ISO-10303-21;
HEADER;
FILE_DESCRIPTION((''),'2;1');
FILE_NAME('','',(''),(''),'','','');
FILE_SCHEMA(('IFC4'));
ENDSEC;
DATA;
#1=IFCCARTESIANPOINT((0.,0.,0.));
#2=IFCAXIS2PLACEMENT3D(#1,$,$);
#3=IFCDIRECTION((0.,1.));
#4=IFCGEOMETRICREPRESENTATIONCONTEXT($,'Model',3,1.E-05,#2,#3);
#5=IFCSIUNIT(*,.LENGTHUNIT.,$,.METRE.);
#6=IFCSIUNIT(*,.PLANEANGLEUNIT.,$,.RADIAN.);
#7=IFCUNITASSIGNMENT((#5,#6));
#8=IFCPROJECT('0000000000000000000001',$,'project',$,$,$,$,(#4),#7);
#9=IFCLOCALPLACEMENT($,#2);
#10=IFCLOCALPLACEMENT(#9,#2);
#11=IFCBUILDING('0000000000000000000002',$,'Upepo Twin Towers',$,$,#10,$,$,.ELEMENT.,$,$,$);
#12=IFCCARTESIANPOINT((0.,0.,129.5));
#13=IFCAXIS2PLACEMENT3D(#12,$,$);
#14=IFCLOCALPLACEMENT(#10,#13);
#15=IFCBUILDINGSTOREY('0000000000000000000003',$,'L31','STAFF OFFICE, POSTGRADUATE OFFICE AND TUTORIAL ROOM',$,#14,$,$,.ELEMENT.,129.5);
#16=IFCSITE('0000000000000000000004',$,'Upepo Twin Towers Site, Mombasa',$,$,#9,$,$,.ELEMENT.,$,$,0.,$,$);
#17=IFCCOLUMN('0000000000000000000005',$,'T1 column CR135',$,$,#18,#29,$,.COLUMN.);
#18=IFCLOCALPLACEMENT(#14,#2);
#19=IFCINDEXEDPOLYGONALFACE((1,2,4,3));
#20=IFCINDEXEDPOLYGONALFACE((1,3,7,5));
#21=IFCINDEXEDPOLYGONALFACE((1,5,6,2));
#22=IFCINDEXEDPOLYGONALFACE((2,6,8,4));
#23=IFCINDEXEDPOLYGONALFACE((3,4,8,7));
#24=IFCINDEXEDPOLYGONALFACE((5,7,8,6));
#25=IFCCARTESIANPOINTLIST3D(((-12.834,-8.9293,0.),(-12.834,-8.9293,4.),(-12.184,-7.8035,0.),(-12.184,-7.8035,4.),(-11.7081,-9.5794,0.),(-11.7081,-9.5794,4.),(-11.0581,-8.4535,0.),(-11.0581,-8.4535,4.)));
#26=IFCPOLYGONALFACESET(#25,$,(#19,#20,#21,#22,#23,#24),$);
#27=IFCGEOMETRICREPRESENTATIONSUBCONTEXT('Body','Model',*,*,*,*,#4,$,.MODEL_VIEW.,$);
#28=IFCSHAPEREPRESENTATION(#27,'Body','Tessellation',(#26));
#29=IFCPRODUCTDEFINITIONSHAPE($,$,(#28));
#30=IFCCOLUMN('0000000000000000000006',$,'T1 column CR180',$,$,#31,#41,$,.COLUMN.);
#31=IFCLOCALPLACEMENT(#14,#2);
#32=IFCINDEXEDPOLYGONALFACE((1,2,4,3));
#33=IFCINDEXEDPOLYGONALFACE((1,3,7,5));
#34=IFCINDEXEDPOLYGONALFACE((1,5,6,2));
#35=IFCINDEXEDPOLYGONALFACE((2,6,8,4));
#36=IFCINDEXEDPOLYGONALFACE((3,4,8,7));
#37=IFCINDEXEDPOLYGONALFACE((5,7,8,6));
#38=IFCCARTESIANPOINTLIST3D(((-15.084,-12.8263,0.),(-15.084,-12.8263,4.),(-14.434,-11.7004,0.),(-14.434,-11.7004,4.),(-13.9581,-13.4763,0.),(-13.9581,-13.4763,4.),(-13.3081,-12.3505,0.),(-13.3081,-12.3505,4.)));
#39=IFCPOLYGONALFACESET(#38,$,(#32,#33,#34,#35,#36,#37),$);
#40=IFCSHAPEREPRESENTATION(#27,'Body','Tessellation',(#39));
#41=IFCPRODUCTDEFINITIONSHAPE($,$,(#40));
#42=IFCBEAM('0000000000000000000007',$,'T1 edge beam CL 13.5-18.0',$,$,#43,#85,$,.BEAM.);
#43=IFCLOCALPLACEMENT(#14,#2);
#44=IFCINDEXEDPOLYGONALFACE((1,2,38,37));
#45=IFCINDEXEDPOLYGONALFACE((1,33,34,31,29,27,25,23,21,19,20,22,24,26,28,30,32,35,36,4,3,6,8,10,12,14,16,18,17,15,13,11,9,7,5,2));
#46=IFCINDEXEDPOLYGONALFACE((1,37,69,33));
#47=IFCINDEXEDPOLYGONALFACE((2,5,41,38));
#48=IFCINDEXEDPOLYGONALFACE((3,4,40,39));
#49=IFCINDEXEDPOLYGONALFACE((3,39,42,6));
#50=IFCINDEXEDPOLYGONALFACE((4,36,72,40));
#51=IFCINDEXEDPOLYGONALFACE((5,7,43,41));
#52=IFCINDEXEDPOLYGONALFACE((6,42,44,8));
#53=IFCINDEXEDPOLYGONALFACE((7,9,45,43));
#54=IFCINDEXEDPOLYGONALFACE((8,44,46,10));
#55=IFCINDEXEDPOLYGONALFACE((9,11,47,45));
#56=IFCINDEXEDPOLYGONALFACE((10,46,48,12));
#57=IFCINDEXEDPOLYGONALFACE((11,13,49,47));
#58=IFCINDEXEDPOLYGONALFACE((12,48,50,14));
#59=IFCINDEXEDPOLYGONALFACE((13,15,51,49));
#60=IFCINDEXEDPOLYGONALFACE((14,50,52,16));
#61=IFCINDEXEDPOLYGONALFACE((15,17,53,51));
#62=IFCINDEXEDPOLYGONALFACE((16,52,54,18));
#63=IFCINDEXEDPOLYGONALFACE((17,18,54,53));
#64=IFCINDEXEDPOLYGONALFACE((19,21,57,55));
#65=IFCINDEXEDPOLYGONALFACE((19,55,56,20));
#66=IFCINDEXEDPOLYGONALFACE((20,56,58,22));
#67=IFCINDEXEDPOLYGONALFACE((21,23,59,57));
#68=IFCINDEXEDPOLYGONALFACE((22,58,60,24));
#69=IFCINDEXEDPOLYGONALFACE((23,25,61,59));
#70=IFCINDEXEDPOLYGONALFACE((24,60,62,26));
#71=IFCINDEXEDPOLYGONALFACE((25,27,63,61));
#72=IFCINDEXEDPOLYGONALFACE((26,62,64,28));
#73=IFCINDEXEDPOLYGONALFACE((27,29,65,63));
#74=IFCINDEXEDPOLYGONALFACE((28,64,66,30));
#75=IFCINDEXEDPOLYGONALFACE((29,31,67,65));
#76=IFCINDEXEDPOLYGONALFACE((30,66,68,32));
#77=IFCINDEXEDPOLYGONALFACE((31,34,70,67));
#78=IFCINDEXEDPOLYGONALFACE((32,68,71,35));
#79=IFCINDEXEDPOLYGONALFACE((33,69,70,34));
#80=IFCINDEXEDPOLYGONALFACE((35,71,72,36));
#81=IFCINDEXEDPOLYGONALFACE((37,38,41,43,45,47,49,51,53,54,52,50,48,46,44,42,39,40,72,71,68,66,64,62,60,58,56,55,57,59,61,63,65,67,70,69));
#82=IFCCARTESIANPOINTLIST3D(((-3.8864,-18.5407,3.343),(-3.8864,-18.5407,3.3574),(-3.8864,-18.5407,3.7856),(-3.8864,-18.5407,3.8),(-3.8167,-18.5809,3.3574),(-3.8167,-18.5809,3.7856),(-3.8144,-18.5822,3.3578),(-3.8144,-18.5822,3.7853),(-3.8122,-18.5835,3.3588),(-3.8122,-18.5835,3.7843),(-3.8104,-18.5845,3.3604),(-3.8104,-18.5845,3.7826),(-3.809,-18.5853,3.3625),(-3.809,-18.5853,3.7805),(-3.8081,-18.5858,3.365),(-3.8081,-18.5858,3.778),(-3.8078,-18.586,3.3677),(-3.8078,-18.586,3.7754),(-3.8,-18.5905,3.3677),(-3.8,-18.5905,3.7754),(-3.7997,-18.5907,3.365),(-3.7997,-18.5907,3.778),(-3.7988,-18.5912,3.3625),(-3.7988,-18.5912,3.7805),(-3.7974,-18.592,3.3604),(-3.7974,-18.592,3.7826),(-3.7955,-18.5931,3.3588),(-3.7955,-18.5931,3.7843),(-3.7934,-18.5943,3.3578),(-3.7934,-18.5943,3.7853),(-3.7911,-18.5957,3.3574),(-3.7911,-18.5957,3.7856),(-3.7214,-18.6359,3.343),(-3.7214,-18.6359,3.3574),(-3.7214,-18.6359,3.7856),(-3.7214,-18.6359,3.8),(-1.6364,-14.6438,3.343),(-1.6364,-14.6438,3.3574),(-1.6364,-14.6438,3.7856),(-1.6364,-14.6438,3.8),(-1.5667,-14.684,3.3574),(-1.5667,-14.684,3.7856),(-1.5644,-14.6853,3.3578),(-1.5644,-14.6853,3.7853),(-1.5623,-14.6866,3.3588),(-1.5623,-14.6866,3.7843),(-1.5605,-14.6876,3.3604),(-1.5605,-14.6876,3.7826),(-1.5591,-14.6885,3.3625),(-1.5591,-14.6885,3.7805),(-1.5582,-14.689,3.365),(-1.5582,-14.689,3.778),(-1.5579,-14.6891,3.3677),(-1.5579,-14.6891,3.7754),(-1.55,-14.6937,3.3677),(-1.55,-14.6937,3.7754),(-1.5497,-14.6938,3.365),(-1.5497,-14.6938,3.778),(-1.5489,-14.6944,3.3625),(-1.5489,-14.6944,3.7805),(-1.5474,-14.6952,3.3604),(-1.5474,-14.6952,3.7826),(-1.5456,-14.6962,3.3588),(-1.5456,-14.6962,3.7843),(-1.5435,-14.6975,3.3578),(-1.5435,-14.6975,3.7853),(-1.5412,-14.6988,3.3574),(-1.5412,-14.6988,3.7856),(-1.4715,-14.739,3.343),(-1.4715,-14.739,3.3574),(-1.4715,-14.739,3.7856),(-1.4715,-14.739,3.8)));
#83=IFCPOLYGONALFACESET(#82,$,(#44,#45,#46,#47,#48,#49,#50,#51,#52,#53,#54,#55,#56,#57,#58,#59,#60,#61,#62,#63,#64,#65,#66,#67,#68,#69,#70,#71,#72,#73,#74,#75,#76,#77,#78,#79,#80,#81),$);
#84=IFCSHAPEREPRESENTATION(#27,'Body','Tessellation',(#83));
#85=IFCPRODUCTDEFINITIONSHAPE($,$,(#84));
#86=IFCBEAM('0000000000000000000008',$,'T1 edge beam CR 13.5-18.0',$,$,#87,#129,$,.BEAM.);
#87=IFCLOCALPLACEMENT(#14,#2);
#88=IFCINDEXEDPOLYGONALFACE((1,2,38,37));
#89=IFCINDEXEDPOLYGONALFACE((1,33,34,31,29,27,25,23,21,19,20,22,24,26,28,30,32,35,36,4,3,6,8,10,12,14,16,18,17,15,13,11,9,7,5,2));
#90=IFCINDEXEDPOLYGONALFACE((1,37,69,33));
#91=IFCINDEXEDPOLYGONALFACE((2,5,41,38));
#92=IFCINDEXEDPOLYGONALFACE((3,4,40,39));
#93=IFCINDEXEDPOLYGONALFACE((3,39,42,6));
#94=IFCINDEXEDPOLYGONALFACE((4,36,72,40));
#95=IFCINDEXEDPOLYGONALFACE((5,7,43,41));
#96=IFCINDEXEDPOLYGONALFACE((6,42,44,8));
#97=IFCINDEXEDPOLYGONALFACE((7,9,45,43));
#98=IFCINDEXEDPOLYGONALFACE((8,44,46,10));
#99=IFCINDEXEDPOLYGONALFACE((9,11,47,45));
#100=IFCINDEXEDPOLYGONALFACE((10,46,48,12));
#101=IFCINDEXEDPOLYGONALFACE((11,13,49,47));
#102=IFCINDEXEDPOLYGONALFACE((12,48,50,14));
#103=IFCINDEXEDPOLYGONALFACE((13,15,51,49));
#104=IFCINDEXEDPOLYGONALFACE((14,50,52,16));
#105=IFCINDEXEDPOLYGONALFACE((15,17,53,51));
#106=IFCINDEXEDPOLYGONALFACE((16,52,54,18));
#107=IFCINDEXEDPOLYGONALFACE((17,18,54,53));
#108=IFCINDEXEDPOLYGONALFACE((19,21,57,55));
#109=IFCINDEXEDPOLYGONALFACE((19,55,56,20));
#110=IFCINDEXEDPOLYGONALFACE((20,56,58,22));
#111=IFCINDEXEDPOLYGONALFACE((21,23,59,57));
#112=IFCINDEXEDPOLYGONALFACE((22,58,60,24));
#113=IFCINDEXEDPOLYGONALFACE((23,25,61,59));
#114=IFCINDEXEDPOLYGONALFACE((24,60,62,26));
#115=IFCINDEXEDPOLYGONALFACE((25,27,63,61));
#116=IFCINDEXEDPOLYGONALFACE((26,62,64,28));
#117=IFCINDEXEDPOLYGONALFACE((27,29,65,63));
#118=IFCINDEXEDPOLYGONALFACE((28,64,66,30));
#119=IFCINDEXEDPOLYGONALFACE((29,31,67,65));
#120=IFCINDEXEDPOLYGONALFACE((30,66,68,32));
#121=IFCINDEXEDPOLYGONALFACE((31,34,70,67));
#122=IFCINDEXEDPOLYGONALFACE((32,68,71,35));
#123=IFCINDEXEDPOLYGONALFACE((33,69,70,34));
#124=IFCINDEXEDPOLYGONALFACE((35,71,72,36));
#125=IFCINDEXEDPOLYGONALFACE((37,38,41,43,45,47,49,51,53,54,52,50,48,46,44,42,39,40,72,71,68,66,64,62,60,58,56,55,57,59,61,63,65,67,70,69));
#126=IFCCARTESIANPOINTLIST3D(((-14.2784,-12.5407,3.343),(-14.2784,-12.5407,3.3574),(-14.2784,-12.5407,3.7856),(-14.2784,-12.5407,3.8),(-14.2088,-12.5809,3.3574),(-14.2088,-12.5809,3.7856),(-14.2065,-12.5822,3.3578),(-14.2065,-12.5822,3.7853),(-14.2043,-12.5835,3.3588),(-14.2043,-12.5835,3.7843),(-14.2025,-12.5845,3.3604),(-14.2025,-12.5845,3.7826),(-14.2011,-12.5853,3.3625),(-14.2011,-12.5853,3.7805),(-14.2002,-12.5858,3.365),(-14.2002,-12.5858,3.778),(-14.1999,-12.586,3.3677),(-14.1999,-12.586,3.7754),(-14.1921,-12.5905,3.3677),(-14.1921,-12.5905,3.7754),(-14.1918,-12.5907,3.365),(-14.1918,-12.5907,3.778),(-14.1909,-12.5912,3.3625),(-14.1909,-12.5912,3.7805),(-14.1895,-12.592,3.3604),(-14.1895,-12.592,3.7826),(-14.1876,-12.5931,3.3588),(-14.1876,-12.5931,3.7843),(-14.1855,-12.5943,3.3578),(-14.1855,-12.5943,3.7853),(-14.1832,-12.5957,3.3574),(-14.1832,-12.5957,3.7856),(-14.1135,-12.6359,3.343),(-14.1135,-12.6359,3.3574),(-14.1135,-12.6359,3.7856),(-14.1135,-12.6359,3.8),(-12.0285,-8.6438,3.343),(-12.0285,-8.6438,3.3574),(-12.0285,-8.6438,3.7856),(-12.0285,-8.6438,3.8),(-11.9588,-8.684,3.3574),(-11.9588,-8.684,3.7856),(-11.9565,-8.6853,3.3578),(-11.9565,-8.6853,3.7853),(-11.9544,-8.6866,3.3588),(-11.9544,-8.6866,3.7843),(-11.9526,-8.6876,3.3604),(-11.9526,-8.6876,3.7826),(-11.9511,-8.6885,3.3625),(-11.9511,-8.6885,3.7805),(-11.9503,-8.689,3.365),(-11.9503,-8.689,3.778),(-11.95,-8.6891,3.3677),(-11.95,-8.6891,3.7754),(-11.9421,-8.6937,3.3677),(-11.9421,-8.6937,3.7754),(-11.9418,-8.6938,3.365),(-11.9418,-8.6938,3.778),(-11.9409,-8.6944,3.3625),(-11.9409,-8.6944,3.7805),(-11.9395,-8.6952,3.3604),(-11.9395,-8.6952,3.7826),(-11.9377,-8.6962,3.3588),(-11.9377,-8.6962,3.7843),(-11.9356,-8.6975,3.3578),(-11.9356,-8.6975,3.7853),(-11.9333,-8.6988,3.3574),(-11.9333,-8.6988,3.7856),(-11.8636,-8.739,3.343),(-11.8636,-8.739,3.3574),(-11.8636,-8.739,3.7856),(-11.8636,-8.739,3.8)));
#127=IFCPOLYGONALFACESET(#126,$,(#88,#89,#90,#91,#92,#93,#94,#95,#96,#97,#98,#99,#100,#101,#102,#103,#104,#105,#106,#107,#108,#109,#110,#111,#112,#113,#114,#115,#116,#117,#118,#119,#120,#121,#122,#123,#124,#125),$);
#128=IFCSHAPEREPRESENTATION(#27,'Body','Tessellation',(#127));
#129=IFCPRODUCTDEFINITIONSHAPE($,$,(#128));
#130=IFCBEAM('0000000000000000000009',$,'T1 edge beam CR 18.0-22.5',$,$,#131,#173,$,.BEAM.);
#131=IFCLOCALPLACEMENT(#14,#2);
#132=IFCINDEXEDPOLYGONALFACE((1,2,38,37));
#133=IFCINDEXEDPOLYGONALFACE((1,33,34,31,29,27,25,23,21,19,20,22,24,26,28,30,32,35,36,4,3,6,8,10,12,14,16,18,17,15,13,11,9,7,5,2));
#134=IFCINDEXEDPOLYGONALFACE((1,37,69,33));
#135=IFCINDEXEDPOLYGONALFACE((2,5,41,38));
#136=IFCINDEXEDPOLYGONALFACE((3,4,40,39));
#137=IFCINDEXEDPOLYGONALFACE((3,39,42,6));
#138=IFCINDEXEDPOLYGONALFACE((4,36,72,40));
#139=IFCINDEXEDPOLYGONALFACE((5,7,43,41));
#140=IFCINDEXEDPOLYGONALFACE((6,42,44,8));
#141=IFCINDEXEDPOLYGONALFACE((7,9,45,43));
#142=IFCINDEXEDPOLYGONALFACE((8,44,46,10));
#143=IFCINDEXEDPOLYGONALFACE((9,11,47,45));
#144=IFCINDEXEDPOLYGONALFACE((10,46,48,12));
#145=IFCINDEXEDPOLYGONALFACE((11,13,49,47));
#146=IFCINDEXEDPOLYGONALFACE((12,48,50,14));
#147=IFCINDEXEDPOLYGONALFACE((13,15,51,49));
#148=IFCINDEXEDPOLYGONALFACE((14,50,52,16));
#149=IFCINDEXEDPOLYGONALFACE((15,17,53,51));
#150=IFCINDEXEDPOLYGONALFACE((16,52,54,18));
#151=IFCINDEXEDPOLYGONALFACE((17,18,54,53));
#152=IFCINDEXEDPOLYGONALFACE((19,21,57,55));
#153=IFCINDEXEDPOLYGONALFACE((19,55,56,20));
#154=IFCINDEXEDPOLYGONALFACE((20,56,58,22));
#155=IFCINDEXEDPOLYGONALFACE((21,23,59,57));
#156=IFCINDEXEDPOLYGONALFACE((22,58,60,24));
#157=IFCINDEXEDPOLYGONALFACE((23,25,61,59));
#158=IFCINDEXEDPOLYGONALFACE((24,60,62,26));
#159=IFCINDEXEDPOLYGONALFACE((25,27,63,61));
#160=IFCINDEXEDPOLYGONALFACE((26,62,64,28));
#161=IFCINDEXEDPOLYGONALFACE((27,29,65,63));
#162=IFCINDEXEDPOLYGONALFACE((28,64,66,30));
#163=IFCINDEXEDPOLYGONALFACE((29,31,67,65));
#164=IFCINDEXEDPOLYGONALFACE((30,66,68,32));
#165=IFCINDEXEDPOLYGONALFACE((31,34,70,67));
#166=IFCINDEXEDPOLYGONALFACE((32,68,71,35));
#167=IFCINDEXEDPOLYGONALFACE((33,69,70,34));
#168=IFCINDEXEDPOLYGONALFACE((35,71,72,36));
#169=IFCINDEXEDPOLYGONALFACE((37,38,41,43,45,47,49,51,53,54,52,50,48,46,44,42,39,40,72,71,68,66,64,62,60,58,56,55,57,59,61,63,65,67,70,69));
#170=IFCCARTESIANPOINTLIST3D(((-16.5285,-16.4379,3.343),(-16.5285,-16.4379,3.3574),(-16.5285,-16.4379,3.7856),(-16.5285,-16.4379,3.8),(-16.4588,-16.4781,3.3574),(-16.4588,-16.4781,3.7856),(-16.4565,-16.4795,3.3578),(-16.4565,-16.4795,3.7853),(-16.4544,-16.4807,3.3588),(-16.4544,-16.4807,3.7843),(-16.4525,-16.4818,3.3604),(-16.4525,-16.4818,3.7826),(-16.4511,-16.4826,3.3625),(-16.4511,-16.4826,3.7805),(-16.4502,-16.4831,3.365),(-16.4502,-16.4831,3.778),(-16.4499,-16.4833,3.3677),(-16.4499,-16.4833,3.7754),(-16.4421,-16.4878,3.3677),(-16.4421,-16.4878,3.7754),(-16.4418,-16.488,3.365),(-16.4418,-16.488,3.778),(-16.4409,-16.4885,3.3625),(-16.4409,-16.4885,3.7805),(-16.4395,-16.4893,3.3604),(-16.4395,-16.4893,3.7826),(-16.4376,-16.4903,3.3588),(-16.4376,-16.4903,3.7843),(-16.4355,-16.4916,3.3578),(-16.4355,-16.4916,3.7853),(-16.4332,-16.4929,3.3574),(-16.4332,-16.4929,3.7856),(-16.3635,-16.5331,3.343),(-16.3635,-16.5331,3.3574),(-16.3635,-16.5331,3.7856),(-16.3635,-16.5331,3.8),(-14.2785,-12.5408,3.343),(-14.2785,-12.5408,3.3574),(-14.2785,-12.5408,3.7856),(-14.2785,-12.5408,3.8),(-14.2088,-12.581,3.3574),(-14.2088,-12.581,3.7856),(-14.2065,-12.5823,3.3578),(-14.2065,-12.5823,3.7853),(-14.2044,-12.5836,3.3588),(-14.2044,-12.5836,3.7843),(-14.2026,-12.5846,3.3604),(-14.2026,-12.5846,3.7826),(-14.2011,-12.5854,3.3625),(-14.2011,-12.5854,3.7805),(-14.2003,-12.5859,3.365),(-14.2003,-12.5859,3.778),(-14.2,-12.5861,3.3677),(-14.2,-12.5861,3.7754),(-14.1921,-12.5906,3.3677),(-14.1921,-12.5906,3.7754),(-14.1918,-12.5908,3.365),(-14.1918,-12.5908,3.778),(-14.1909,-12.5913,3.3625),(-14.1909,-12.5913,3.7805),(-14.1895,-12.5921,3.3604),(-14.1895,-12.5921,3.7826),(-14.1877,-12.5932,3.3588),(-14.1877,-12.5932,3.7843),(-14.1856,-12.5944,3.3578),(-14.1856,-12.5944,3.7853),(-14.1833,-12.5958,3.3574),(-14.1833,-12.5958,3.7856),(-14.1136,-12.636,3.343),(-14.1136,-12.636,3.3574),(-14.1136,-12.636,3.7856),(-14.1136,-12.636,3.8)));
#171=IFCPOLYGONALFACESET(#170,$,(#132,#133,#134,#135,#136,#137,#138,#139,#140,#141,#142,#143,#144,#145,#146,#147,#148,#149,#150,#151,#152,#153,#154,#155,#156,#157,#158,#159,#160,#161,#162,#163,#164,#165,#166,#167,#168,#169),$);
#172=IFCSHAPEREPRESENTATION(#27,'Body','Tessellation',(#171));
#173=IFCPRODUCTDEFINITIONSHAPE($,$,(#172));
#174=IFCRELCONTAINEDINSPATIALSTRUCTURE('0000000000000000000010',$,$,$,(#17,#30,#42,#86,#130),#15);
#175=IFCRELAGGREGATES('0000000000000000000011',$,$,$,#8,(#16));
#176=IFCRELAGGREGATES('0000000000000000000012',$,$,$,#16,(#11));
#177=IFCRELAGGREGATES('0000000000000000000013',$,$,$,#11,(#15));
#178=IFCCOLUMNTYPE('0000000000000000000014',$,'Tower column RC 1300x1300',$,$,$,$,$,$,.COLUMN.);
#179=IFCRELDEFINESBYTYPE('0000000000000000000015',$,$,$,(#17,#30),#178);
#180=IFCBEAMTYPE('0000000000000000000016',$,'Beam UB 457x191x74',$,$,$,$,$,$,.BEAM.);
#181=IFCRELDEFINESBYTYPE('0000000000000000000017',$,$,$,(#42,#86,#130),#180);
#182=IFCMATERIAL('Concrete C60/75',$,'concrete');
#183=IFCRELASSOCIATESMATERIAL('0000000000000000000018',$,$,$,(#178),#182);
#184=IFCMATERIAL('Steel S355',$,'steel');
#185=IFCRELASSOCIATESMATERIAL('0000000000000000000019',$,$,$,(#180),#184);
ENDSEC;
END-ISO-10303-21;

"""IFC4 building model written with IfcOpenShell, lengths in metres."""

from ifc_helpers import new_model, si_unit, direction, frame, origin, origin_2d, place, context, subcontext, project, spatial, rectangle, i_section, extrude, material, material_profile, profile_set, type_object, element, save


model = new_model("IFC4")

# Units and contexts
model_context = context("Model", 3, precision=1e-05, world=origin(), true_north=direction((0.0, 1.0)))
body_context = subcontext(model_context, "Body", "Model", "MODEL_VIEW")
ifc_project = project(units=[si_unit("LENGTHUNIT", "METRE"), si_unit("PLANEANGLEUNIT", "RADIAN")], contexts=[model_context])

# Site, building, storey
site_placement = place(None, origin())
site = spatial("IfcSite", under=ifc_project, at=site_placement, Name="Upepo Twin Towers Site, Mombasa", CompositionType="ELEMENT", RefElevation=0.0)
building_placement = place(site_placement, origin())
building = spatial("IfcBuilding", under=site, at=building_placement, Name="Upepo Twin Towers", CompositionType="ELEMENT")
storey_placement = place(building_placement, frame((0.0, 0.0, 129.5)))
storey = spatial("IfcBuildingStorey", under=building, at=storey_placement, Name="L31", Description="STAFF OFFICE, POSTGRADUATE OFFICE AND TUTORIAL ROOM", CompositionType="ELEMENT", Elevation=129.5)

# Columns
ifc_material_1 = material(Name="Concrete C60/75", Category="concrete")
ifc_material_profile_1 = material_profile(ifc_material_1, rectangle(XDim=1.3, YDim=1.3, at=origin_2d()), Name="RC 1300x1300")
ifc_profile_set_1 = profile_set([ifc_material_profile_1], Name="Concrete C60/75")
column_type = type_object("IfcColumnType", Name="Tower column RC 1300x1300", PredefinedType="COLUMN", material=ifc_profile_set_1)
for number, where, z_axis, x_axis, name in (
    (1, (-11.946, -8.6914, 0.0), (0.0, 0.0, 1.0), (0.5, 0.866025, 0.0), "T1 column CR135"),
    (2, (-14.196, -12.5884, 0.0), (0.0, 0.0, 1.0), (0.5, 0.866025, 0.0), "T1 column CR180"),
):
    element("IfcColumn", number, at=place(storey_placement, frame(where, z_axis=z_axis, x_axis=x_axis)), inside=storey, type_object=column_type, Name=name, PredefinedType="COLUMN", context=body_context, shape_type="SweptSolid", body=[
        extrude(rectangle(XDim=1.3, YDim=1.3, at=origin_2d()), origin(), (0.0, 0.0, 1.0), 4.0),
    ])

# Beams
ifc_material_2 = material(Name="Steel S355", Category="steel")
ifc_material_profile_2 = material_profile(ifc_material_2, i_section(OverallWidth=0.1904, OverallDepth=0.457, WebThickness=0.009, FlangeThickness=0.0144, FilletRadius=0.0103, at=origin_2d()), Name="UB 457x191x74")
ifc_profile_set_2 = profile_set([ifc_material_profile_2], Name="Steel S355")
beam_type_1 = type_object("IfcBeamType", Name="Beam UB 457x191x74", PredefinedType="BEAM", material=ifc_profile_set_2)
for number, where, z_axis, x_axis, name in (
    (3, (-1.554, -14.6914, 3.5715), (-0.500014, -0.866018, 0.0), (0.866018, -0.500014, 0.0), "T1 edge beam CL 13.5-18.0"),
    (4, (-11.946, -8.6914, 3.5715), (-0.500014, -0.866018, 0.0), (0.866018, -0.500014, 0.0), "T1 edge beam CR 13.5-18.0"),
):
    element("IfcBeam", number, at=place(storey_placement, frame(where, z_axis=z_axis, x_axis=x_axis)), inside=storey, type_object=beam_type_1, Name=name, PredefinedType="BEAM", context=body_context, shape_type="SweptSolid", body=[
        extrude(i_section(OverallWidth=0.1904, OverallDepth=0.457, WebThickness=0.009, FlangeThickness=0.0144, FilletRadius=0.0103, at=origin_2d()), origin(), (0.0, 0.0, 1.0), 4.4998),
    ])
beam_placement = place(storey_placement, frame((-14.196, -12.5884, 3.5715), z_axis=(-0.49999, -0.866031, 0.0), x_axis=(0.866031, -0.49999, 0.0)))
element("IfcBeam", 5, at=beam_placement, inside=storey, type_object=beam_type_1, Name="T1 edge beam CR 18.0-22.5", PredefinedType="BEAM", context=body_context, shape_type="SweptSolid", body=[
    extrude(i_section(OverallWidth=0.1904, OverallDepth=0.457, WebThickness=0.009, FlangeThickness=0.0144, FilletRadius=0.0103, at=origin_2d()), origin(), (0.0, 0.0, 1.0), 4.5),
])

save(model, "model.ifc")
